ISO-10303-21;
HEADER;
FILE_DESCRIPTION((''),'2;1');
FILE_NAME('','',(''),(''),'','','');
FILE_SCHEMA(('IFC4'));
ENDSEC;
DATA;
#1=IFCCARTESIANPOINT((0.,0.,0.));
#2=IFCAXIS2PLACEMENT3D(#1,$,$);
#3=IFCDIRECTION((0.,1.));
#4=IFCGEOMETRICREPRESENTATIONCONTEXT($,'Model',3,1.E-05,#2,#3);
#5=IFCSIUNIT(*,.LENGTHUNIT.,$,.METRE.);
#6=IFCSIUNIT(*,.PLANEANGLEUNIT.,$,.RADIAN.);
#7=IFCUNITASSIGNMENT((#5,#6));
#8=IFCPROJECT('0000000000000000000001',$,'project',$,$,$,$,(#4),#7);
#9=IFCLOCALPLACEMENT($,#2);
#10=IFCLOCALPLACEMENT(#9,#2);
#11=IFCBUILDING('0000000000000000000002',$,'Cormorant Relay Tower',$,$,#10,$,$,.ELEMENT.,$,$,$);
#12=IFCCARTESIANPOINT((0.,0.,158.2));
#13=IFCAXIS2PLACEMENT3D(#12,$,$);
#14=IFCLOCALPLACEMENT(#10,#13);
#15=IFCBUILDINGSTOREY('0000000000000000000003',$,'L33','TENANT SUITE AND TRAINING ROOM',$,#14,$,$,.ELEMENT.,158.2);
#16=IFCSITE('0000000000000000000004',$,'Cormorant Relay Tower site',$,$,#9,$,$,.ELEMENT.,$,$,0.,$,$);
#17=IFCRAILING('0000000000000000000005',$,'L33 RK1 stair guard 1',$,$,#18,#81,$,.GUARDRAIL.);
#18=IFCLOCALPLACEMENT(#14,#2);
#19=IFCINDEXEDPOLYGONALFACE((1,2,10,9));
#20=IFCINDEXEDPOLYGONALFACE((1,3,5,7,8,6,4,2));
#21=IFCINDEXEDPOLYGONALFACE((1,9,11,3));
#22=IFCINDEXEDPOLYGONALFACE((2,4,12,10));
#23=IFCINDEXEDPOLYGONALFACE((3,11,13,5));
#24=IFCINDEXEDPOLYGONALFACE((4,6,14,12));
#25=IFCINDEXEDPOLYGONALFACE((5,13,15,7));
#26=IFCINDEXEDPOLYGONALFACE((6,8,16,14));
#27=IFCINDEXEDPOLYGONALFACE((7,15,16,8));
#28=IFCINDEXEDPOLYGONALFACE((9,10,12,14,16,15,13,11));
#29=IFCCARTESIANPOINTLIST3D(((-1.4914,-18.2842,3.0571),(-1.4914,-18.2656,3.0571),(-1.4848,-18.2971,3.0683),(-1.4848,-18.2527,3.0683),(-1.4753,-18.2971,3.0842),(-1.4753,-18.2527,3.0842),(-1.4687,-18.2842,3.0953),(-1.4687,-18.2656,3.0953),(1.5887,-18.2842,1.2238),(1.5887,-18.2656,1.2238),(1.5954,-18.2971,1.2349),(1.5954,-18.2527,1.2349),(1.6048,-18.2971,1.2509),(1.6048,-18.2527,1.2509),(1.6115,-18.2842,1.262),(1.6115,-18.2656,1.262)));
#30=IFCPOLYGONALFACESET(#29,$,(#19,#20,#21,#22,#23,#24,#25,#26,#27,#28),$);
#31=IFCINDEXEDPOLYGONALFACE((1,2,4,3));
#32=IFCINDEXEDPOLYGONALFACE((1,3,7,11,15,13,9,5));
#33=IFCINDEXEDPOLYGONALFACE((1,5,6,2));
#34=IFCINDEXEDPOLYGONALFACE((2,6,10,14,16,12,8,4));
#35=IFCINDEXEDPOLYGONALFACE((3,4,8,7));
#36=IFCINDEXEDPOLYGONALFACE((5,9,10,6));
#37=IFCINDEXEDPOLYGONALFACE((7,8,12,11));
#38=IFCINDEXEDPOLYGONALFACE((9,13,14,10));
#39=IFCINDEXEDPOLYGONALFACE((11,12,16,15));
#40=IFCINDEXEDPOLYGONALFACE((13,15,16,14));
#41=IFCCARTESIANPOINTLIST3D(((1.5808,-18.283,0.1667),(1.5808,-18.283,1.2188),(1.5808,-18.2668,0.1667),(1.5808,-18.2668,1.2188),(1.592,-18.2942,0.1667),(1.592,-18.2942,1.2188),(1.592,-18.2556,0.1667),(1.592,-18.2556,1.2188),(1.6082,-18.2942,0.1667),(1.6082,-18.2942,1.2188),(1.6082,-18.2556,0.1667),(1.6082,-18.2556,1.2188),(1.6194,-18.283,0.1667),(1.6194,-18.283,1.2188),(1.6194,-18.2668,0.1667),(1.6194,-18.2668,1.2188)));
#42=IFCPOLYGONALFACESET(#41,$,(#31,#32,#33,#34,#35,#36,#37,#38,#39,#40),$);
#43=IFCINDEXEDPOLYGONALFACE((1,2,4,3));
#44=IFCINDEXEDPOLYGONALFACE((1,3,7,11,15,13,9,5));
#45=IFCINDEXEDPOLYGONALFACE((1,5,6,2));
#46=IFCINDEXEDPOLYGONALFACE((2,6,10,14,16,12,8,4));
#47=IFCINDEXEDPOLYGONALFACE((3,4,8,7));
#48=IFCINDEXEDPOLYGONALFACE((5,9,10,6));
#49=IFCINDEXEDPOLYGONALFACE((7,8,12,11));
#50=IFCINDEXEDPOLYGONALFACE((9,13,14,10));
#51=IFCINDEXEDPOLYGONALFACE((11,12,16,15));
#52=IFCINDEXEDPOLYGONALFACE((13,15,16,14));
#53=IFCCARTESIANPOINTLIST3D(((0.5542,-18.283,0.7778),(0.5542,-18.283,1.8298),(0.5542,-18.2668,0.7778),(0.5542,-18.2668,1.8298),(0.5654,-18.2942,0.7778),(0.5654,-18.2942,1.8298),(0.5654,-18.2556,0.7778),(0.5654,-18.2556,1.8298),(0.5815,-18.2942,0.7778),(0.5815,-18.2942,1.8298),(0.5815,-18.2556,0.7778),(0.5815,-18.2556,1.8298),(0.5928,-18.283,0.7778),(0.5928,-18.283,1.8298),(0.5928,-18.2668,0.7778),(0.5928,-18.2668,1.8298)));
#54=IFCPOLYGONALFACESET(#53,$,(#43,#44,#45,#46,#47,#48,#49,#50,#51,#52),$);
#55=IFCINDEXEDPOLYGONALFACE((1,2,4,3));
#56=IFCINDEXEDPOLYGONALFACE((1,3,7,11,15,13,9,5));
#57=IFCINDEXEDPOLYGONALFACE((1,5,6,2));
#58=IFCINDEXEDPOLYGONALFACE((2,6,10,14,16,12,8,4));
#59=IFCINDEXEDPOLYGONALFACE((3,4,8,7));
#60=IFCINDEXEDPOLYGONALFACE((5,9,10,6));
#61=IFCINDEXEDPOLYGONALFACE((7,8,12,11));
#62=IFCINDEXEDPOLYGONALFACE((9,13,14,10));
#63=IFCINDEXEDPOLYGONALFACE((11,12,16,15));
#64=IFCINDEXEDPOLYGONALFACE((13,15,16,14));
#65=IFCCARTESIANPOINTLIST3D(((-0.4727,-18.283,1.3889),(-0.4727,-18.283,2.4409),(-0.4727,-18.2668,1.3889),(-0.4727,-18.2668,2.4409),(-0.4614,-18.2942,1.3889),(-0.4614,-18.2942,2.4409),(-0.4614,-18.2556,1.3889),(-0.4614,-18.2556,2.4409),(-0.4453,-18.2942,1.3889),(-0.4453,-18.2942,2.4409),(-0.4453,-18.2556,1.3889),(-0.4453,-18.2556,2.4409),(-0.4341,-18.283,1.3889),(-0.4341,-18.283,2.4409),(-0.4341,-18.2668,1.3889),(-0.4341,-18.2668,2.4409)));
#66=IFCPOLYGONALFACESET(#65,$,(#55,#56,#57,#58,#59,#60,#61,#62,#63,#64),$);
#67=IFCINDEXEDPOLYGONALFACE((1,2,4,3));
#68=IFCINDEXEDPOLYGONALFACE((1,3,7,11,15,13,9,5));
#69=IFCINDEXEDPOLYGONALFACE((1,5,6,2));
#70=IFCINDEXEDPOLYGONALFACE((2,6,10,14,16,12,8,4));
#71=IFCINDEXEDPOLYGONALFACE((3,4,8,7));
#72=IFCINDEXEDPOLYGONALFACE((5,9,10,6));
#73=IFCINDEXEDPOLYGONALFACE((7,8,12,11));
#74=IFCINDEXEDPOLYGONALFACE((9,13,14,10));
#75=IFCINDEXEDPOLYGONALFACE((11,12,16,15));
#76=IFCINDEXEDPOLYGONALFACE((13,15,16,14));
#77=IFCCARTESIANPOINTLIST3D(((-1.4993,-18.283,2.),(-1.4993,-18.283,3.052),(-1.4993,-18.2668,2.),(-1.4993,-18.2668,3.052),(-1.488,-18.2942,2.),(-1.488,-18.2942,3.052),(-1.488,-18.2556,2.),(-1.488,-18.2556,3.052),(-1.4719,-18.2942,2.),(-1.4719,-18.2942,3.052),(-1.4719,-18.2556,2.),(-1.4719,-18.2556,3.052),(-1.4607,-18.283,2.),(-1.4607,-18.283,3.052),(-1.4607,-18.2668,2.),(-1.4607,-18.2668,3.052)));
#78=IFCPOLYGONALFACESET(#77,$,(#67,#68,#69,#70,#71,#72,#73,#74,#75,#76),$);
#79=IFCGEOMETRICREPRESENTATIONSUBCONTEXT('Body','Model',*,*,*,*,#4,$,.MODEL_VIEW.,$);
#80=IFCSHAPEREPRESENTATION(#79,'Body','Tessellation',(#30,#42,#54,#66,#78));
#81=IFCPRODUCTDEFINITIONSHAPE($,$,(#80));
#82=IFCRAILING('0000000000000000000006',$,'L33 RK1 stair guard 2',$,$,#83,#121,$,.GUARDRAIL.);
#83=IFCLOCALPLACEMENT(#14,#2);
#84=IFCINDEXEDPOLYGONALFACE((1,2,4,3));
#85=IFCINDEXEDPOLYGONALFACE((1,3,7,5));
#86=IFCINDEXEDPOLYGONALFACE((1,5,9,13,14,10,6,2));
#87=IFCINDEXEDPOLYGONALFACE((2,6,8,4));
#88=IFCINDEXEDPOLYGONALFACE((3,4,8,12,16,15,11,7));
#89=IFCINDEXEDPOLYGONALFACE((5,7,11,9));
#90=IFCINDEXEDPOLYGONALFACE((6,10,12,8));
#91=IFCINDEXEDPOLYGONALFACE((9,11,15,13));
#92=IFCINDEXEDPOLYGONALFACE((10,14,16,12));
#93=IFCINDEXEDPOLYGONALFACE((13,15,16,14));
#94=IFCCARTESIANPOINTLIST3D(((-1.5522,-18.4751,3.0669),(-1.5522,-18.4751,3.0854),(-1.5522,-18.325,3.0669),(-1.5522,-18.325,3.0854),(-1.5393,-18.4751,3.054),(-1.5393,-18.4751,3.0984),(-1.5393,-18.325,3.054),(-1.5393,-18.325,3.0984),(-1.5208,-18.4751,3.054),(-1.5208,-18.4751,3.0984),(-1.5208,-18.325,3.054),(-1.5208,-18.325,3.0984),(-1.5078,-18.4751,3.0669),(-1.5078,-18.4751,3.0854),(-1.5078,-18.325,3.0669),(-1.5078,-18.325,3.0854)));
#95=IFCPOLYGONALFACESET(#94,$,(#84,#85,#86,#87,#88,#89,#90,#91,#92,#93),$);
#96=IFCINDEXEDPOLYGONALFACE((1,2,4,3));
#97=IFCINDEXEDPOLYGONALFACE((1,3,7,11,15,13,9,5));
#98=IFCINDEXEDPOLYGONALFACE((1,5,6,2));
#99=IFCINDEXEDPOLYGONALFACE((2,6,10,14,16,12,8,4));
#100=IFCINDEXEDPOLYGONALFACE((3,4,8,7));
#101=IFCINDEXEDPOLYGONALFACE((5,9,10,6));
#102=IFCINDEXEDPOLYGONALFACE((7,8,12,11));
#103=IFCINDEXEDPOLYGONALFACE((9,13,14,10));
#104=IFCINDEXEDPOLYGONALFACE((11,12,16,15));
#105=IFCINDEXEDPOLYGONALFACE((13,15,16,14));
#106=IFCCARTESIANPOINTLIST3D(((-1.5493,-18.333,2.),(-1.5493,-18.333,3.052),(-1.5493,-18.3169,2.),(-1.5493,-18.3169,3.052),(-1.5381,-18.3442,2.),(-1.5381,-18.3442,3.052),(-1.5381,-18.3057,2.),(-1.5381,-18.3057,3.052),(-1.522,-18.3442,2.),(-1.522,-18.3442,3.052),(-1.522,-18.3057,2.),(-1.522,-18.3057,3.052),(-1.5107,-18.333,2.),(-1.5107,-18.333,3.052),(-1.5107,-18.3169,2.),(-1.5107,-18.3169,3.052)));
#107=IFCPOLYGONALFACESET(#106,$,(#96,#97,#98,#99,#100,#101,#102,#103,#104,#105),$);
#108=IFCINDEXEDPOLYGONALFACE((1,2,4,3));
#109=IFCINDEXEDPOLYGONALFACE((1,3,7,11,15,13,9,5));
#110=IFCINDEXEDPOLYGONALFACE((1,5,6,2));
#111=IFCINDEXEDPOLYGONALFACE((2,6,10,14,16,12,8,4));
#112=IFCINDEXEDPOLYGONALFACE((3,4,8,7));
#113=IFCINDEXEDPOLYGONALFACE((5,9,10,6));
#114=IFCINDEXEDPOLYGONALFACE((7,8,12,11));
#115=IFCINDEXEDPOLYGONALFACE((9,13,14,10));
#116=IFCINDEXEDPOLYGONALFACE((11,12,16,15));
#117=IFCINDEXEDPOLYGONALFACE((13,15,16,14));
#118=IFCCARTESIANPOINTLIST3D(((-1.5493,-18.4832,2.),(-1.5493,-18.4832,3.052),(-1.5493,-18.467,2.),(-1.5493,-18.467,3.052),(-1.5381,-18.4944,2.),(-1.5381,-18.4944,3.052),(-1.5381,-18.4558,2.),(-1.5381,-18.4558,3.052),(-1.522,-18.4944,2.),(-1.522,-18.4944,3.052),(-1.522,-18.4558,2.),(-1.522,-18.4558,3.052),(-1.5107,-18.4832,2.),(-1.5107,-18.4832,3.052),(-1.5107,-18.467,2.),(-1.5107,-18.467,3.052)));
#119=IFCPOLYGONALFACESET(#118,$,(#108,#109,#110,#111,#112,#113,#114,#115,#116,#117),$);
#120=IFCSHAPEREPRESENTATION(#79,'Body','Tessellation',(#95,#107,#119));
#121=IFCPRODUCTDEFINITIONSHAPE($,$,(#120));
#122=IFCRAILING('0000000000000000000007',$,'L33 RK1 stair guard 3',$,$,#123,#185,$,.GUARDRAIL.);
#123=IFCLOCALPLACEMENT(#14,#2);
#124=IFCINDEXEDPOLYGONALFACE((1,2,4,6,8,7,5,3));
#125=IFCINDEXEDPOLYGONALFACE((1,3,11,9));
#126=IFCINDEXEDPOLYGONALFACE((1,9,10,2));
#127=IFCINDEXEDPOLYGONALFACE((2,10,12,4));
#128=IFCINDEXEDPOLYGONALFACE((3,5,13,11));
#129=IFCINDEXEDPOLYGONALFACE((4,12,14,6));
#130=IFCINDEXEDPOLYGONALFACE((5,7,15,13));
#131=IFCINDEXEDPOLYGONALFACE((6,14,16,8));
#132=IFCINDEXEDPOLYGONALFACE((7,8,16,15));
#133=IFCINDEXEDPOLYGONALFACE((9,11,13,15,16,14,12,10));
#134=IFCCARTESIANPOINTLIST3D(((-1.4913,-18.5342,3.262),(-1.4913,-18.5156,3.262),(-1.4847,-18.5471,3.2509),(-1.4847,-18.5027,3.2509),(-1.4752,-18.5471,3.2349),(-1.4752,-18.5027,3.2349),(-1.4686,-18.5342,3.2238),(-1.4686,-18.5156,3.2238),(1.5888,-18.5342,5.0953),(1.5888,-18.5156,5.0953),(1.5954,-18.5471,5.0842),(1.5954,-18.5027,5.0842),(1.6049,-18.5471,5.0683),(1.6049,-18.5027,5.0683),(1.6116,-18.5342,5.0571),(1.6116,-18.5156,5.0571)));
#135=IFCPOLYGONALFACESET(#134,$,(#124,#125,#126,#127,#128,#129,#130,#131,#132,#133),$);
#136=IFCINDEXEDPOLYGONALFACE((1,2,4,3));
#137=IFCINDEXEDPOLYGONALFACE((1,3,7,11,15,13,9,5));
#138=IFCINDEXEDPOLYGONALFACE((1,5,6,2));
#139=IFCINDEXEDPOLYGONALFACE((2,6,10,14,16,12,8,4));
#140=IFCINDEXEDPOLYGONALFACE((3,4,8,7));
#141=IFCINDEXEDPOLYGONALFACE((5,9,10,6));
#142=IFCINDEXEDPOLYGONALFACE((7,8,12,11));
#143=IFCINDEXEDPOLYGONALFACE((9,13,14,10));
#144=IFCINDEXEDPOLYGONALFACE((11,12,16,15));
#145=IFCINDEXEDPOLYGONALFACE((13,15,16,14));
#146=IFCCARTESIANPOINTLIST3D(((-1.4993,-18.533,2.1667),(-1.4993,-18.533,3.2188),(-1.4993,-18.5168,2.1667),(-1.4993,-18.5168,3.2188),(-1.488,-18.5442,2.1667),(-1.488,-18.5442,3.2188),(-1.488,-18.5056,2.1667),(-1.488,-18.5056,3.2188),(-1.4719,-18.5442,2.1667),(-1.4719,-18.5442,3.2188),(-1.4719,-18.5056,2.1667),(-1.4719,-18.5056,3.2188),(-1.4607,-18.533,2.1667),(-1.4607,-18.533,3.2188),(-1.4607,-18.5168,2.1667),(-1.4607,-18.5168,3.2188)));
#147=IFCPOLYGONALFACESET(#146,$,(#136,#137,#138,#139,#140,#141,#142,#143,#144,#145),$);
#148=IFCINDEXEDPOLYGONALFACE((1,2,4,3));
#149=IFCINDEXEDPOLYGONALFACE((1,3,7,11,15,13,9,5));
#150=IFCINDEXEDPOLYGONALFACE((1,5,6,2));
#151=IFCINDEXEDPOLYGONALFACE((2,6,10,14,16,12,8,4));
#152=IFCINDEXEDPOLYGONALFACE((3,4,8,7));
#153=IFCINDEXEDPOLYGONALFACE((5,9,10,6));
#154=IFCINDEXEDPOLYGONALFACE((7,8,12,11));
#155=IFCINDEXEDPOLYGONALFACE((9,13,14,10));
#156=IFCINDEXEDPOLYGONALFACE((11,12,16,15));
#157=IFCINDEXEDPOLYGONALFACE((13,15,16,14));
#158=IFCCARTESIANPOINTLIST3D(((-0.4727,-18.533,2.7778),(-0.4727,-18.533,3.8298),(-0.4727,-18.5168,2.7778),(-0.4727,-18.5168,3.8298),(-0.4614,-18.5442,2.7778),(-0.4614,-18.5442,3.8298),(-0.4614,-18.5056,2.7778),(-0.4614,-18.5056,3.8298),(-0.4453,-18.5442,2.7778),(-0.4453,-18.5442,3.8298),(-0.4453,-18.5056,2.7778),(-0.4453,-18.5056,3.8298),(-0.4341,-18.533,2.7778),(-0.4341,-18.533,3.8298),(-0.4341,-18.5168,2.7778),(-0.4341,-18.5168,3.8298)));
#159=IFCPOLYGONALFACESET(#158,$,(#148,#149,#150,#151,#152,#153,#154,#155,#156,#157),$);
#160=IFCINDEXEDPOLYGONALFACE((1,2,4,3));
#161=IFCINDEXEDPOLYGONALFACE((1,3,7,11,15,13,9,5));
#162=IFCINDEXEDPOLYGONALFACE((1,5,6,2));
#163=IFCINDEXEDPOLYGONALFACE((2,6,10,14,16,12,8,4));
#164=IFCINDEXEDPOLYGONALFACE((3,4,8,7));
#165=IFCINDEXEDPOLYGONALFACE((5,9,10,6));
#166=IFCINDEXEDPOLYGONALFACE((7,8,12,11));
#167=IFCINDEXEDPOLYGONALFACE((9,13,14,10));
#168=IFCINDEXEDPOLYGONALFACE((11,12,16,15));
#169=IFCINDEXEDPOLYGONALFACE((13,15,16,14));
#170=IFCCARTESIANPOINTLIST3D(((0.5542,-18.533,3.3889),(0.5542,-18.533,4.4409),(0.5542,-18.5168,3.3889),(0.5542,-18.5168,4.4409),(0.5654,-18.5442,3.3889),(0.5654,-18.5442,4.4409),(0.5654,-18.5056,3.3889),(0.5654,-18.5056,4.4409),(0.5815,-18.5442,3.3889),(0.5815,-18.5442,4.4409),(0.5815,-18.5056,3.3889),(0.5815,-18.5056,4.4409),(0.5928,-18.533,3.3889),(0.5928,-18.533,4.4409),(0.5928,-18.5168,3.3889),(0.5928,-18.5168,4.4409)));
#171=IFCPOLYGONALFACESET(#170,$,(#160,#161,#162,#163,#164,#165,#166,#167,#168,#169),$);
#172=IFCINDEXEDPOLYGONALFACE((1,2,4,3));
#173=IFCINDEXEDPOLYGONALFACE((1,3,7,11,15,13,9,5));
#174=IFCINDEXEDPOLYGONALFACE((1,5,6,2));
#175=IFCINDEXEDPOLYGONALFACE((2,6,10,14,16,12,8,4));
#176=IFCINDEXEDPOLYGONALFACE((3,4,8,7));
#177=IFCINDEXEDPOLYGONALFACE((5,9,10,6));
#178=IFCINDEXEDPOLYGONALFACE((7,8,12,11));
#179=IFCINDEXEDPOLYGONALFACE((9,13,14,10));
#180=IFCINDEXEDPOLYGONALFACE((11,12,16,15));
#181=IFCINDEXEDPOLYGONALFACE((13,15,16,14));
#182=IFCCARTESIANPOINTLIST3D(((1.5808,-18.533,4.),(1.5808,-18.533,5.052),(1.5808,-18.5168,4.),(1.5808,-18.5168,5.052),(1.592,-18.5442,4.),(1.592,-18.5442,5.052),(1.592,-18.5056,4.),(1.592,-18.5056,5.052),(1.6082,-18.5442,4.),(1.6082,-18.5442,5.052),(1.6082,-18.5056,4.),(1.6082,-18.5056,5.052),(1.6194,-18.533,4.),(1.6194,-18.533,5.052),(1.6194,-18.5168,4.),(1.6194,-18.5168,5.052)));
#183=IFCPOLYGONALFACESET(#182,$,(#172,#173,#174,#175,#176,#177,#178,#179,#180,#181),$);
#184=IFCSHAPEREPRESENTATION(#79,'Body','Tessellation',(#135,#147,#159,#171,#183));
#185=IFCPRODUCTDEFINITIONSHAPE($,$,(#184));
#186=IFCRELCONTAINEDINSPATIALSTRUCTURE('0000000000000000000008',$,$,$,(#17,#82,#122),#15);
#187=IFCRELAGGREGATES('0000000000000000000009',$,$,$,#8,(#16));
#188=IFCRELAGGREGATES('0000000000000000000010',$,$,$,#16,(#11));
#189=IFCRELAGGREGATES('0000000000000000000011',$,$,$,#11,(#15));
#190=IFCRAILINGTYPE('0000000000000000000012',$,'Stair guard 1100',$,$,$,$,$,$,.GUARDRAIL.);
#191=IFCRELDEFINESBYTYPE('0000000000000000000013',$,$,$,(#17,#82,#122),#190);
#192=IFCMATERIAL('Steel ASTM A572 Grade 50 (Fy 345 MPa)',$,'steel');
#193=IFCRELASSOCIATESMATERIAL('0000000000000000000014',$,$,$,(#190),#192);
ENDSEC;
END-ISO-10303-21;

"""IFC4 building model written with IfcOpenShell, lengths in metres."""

from ifc_helpers import new_model, si_unit, direction, frame, origin, place, context, subcontext, project, spatial, polyline, outline, extrude, material, type_object, element, save


model = new_model("IFC4")

# Units and contexts
model_context = context("Model", 3, precision=1e-05, world=origin(), true_north=direction((0.0, 1.0)))
body_context = subcontext(model_context, "Body", "Model", "MODEL_VIEW")
ifc_project = project(units=[si_unit("LENGTHUNIT", "METRE"), si_unit("PLANEANGLEUNIT", "RADIAN")], contexts=[model_context])

# Site, building, storey
site_placement = place(None, origin())
site = spatial("IfcSite", under=ifc_project, at=site_placement, Name="Cormorant Relay Tower site", CompositionType="ELEMENT", RefElevation=0.0)
building_placement = place(site_placement, origin())
building = spatial("IfcBuilding", under=site, at=building_placement, Name="Cormorant Relay Tower", CompositionType="ELEMENT")
storey_placement = place(building_placement, frame((0.0, 0.0, 158.2)))
storey = spatial("IfcBuildingStorey", under=building, at=storey_placement, Name="L33", Description="TENANT SUITE AND TRAINING ROOM", CompositionType="ELEMENT", Elevation=158.2)

# Railings
ifc_material_1 = material(Name="Steel ASTM A572 Grade 50 (Fy 345 MPa)", Category="steel")
railing_type_1 = type_object("IfcRailingType", Name="Stair guard 1100", PredefinedType="GUARDRAIL", material=ifc_material_1)
railing_1_placement = place(storey_placement, frame((1.6001, -18.2749, 0.1667)))
element("IfcRailing", 1, at=railing_1_placement, inside=storey, type_object=railing_type_1, Name="L33 RK1 stair guard 1", PredefinedType="GUARDRAIL", context=body_context, shape_type="SweptSolid", body=[
    extrude(outline(polyline([(0.0222, 0.0093), (0.0093, 0.0222), (-0.0093, 0.0222), (-0.0222, 0.0093), (-0.0222, -0.0093), (-0.0093, -0.0222), (0.0093, -0.0222), (0.0222, -0.0093), (0.0222, 0.0093)])), frame((0.0, 0.0, 1.0762), z_axis=(-0.859309, 0.0, 0.511458), x_axis=(0.0, -1.0, 0.0)), (0.0, 0.0, 1.0), 3.5845),
    extrude(outline(polyline([(0.0193, 0.0081), (0.0081, 0.0193), (-0.0081, 0.0193), (-0.0193, 0.0081), (-0.0193, -0.0081), (-0.0081, -0.0193), (0.0081, -0.0193), (0.0193, -0.0081), (0.0193, 0.0081)])), origin(), (0.0, 0.0, 1.0), 1.052),
    extrude(outline(polyline([(0.0193, 0.0081), (0.0081, 0.0193), (-0.0081, 0.0193), (-0.0193, 0.0081), (-0.0193, -0.0081), (-0.0081, -0.0193), (0.0081, -0.0193), (0.0193, -0.0081), (0.0193, 0.0081)])), frame((-1.0266, 0.0, 0.6111)), (0.0, 0.0, 1.0), 1.052),
    extrude(outline(polyline([(0.0193, 0.0081), (0.0081, 0.0193), (-0.0081, 0.0193), (-0.0193, 0.0081), (-0.0193, -0.0081), (-0.0081, -0.0193), (0.0081, -0.0193), (0.0193, -0.0081), (0.0193, 0.0081)])), frame((-2.0535, 0.0, 1.2222)), (0.0, 0.0, 1.0), 1.052),
    extrude(outline(polyline([(0.0193, 0.0081), (0.0081, 0.0193), (-0.0081, 0.0193), (-0.0193, 0.0081), (-0.0193, -0.0081), (-0.0081, -0.0193), (0.0081, -0.0193), (0.0193, -0.0081), (0.0193, 0.0081)])), frame((-3.0801, 0.0, 1.8333)), (0.0, 0.0, 1.0), 1.052),
])
railing_2_placement = place(storey_placement, frame((-1.53, -18.325, 2.0)))
element("IfcRailing", 2, at=railing_2_placement, inside=storey, type_object=railing_type_1, Name="L33 RK1 stair guard 2", PredefinedType="GUARDRAIL", context=body_context, shape_type="SweptSolid", body=[
    extrude(outline(polyline([(0.0222, 0.0093), (0.0093, 0.0222), (-0.0093, 0.0222), (-0.0222, 0.0093), (-0.0222, -0.0093), (-0.0093, -0.0222), (0.0093, -0.0222), (0.0222, -0.0093), (0.0222, 0.0093)])), frame((0.0, 0.0, 1.0762), z_axis=(0.0, -1.0, 0.0), x_axis=(1.0, 0.0, 0.0)), (0.0, 0.0, 1.0), 0.1501),
    extrude(outline(polyline([(0.0193, 0.0081), (0.0081, 0.0193), (-0.0081, 0.0193), (-0.0193, 0.0081), (-0.0193, -0.0081), (-0.0081, -0.0193), (0.0081, -0.0193), (0.0193, -0.0081), (0.0193, 0.0081)])), origin(), (0.0, 0.0, 1.0), 1.052),
    extrude(outline(polyline([(0.0193, 0.0081), (0.0081, 0.0193), (-0.0081, 0.0193), (-0.0193, 0.0081), (-0.0193, -0.0081), (-0.0081, -0.0193), (0.0081, -0.0193), (0.0193, -0.0081), (0.0193, 0.0081)])), frame((0.0, -0.1501, 0.0)), (0.0, 0.0, 1.0), 1.052),
])
railing_3_placement = place(storey_placement, frame((-1.48, -18.5249, 2.1667)))
element("IfcRailing", 3, at=railing_3_placement, inside=storey, type_object=railing_type_1, Name="L33 RK1 stair guard 3", PredefinedType="GUARDRAIL", context=body_context, shape_type="SweptSolid", body=[
    extrude(outline(polyline([(0.0222, 0.0093), (0.0093, 0.0222), (-0.0093, 0.0222), (-0.0222, 0.0093), (-0.0222, -0.0093), (-0.0093, -0.0222), (0.0093, -0.0222), (0.0222, -0.0093), (0.0222, 0.0093)])), frame((0.0, 0.0, 1.0762), z_axis=(0.859309, 0.0, 0.511458), x_axis=(0.0, 1.0, 0.0)), (0.0, 0.0, 1.0), 3.5845),
    extrude(outline(polyline([(0.0193, 0.0081), (0.0081, 0.0193), (-0.0081, 0.0193), (-0.0193, 0.0081), (-0.0193, -0.0081), (-0.0081, -0.0193), (0.0081, -0.0193), (0.0193, -0.0081), (0.0193, 0.0081)])), origin(), (0.0, 0.0, 1.0), 1.052),
    extrude(outline(polyline([(0.0193, 0.0081), (0.0081, 0.0193), (-0.0081, 0.0193), (-0.0193, 0.0081), (-0.0193, -0.0081), (-0.0081, -0.0193), (0.0081, -0.0193), (0.0193, -0.0081), (0.0193, 0.0081)])), frame((1.0266, 0.0, 0.6111)), (0.0, 0.0, 1.0), 1.052),
    extrude(outline(polyline([(0.0193, 0.0081), (0.0081, 0.0193), (-0.0081, 0.0193), (-0.0193, 0.0081), (-0.0193, -0.0081), (-0.0081, -0.0193), (0.0081, -0.0193), (0.0193, -0.0081), (0.0193, 0.0081)])), frame((2.0535, 0.0, 1.2222)), (0.0, 0.0, 1.0), 1.052),
    extrude(outline(polyline([(0.0193, 0.0081), (0.0081, 0.0193), (-0.0081, 0.0193), (-0.0193, 0.0081), (-0.0193, -0.0081), (-0.0081, -0.0193), (0.0081, -0.0193), (0.0193, -0.0081), (0.0193, 0.0081)])), frame((3.0801, 0.0, 1.8333)), (0.0, 0.0, 1.0), 1.052),
])

save(model, "model.ifc")
